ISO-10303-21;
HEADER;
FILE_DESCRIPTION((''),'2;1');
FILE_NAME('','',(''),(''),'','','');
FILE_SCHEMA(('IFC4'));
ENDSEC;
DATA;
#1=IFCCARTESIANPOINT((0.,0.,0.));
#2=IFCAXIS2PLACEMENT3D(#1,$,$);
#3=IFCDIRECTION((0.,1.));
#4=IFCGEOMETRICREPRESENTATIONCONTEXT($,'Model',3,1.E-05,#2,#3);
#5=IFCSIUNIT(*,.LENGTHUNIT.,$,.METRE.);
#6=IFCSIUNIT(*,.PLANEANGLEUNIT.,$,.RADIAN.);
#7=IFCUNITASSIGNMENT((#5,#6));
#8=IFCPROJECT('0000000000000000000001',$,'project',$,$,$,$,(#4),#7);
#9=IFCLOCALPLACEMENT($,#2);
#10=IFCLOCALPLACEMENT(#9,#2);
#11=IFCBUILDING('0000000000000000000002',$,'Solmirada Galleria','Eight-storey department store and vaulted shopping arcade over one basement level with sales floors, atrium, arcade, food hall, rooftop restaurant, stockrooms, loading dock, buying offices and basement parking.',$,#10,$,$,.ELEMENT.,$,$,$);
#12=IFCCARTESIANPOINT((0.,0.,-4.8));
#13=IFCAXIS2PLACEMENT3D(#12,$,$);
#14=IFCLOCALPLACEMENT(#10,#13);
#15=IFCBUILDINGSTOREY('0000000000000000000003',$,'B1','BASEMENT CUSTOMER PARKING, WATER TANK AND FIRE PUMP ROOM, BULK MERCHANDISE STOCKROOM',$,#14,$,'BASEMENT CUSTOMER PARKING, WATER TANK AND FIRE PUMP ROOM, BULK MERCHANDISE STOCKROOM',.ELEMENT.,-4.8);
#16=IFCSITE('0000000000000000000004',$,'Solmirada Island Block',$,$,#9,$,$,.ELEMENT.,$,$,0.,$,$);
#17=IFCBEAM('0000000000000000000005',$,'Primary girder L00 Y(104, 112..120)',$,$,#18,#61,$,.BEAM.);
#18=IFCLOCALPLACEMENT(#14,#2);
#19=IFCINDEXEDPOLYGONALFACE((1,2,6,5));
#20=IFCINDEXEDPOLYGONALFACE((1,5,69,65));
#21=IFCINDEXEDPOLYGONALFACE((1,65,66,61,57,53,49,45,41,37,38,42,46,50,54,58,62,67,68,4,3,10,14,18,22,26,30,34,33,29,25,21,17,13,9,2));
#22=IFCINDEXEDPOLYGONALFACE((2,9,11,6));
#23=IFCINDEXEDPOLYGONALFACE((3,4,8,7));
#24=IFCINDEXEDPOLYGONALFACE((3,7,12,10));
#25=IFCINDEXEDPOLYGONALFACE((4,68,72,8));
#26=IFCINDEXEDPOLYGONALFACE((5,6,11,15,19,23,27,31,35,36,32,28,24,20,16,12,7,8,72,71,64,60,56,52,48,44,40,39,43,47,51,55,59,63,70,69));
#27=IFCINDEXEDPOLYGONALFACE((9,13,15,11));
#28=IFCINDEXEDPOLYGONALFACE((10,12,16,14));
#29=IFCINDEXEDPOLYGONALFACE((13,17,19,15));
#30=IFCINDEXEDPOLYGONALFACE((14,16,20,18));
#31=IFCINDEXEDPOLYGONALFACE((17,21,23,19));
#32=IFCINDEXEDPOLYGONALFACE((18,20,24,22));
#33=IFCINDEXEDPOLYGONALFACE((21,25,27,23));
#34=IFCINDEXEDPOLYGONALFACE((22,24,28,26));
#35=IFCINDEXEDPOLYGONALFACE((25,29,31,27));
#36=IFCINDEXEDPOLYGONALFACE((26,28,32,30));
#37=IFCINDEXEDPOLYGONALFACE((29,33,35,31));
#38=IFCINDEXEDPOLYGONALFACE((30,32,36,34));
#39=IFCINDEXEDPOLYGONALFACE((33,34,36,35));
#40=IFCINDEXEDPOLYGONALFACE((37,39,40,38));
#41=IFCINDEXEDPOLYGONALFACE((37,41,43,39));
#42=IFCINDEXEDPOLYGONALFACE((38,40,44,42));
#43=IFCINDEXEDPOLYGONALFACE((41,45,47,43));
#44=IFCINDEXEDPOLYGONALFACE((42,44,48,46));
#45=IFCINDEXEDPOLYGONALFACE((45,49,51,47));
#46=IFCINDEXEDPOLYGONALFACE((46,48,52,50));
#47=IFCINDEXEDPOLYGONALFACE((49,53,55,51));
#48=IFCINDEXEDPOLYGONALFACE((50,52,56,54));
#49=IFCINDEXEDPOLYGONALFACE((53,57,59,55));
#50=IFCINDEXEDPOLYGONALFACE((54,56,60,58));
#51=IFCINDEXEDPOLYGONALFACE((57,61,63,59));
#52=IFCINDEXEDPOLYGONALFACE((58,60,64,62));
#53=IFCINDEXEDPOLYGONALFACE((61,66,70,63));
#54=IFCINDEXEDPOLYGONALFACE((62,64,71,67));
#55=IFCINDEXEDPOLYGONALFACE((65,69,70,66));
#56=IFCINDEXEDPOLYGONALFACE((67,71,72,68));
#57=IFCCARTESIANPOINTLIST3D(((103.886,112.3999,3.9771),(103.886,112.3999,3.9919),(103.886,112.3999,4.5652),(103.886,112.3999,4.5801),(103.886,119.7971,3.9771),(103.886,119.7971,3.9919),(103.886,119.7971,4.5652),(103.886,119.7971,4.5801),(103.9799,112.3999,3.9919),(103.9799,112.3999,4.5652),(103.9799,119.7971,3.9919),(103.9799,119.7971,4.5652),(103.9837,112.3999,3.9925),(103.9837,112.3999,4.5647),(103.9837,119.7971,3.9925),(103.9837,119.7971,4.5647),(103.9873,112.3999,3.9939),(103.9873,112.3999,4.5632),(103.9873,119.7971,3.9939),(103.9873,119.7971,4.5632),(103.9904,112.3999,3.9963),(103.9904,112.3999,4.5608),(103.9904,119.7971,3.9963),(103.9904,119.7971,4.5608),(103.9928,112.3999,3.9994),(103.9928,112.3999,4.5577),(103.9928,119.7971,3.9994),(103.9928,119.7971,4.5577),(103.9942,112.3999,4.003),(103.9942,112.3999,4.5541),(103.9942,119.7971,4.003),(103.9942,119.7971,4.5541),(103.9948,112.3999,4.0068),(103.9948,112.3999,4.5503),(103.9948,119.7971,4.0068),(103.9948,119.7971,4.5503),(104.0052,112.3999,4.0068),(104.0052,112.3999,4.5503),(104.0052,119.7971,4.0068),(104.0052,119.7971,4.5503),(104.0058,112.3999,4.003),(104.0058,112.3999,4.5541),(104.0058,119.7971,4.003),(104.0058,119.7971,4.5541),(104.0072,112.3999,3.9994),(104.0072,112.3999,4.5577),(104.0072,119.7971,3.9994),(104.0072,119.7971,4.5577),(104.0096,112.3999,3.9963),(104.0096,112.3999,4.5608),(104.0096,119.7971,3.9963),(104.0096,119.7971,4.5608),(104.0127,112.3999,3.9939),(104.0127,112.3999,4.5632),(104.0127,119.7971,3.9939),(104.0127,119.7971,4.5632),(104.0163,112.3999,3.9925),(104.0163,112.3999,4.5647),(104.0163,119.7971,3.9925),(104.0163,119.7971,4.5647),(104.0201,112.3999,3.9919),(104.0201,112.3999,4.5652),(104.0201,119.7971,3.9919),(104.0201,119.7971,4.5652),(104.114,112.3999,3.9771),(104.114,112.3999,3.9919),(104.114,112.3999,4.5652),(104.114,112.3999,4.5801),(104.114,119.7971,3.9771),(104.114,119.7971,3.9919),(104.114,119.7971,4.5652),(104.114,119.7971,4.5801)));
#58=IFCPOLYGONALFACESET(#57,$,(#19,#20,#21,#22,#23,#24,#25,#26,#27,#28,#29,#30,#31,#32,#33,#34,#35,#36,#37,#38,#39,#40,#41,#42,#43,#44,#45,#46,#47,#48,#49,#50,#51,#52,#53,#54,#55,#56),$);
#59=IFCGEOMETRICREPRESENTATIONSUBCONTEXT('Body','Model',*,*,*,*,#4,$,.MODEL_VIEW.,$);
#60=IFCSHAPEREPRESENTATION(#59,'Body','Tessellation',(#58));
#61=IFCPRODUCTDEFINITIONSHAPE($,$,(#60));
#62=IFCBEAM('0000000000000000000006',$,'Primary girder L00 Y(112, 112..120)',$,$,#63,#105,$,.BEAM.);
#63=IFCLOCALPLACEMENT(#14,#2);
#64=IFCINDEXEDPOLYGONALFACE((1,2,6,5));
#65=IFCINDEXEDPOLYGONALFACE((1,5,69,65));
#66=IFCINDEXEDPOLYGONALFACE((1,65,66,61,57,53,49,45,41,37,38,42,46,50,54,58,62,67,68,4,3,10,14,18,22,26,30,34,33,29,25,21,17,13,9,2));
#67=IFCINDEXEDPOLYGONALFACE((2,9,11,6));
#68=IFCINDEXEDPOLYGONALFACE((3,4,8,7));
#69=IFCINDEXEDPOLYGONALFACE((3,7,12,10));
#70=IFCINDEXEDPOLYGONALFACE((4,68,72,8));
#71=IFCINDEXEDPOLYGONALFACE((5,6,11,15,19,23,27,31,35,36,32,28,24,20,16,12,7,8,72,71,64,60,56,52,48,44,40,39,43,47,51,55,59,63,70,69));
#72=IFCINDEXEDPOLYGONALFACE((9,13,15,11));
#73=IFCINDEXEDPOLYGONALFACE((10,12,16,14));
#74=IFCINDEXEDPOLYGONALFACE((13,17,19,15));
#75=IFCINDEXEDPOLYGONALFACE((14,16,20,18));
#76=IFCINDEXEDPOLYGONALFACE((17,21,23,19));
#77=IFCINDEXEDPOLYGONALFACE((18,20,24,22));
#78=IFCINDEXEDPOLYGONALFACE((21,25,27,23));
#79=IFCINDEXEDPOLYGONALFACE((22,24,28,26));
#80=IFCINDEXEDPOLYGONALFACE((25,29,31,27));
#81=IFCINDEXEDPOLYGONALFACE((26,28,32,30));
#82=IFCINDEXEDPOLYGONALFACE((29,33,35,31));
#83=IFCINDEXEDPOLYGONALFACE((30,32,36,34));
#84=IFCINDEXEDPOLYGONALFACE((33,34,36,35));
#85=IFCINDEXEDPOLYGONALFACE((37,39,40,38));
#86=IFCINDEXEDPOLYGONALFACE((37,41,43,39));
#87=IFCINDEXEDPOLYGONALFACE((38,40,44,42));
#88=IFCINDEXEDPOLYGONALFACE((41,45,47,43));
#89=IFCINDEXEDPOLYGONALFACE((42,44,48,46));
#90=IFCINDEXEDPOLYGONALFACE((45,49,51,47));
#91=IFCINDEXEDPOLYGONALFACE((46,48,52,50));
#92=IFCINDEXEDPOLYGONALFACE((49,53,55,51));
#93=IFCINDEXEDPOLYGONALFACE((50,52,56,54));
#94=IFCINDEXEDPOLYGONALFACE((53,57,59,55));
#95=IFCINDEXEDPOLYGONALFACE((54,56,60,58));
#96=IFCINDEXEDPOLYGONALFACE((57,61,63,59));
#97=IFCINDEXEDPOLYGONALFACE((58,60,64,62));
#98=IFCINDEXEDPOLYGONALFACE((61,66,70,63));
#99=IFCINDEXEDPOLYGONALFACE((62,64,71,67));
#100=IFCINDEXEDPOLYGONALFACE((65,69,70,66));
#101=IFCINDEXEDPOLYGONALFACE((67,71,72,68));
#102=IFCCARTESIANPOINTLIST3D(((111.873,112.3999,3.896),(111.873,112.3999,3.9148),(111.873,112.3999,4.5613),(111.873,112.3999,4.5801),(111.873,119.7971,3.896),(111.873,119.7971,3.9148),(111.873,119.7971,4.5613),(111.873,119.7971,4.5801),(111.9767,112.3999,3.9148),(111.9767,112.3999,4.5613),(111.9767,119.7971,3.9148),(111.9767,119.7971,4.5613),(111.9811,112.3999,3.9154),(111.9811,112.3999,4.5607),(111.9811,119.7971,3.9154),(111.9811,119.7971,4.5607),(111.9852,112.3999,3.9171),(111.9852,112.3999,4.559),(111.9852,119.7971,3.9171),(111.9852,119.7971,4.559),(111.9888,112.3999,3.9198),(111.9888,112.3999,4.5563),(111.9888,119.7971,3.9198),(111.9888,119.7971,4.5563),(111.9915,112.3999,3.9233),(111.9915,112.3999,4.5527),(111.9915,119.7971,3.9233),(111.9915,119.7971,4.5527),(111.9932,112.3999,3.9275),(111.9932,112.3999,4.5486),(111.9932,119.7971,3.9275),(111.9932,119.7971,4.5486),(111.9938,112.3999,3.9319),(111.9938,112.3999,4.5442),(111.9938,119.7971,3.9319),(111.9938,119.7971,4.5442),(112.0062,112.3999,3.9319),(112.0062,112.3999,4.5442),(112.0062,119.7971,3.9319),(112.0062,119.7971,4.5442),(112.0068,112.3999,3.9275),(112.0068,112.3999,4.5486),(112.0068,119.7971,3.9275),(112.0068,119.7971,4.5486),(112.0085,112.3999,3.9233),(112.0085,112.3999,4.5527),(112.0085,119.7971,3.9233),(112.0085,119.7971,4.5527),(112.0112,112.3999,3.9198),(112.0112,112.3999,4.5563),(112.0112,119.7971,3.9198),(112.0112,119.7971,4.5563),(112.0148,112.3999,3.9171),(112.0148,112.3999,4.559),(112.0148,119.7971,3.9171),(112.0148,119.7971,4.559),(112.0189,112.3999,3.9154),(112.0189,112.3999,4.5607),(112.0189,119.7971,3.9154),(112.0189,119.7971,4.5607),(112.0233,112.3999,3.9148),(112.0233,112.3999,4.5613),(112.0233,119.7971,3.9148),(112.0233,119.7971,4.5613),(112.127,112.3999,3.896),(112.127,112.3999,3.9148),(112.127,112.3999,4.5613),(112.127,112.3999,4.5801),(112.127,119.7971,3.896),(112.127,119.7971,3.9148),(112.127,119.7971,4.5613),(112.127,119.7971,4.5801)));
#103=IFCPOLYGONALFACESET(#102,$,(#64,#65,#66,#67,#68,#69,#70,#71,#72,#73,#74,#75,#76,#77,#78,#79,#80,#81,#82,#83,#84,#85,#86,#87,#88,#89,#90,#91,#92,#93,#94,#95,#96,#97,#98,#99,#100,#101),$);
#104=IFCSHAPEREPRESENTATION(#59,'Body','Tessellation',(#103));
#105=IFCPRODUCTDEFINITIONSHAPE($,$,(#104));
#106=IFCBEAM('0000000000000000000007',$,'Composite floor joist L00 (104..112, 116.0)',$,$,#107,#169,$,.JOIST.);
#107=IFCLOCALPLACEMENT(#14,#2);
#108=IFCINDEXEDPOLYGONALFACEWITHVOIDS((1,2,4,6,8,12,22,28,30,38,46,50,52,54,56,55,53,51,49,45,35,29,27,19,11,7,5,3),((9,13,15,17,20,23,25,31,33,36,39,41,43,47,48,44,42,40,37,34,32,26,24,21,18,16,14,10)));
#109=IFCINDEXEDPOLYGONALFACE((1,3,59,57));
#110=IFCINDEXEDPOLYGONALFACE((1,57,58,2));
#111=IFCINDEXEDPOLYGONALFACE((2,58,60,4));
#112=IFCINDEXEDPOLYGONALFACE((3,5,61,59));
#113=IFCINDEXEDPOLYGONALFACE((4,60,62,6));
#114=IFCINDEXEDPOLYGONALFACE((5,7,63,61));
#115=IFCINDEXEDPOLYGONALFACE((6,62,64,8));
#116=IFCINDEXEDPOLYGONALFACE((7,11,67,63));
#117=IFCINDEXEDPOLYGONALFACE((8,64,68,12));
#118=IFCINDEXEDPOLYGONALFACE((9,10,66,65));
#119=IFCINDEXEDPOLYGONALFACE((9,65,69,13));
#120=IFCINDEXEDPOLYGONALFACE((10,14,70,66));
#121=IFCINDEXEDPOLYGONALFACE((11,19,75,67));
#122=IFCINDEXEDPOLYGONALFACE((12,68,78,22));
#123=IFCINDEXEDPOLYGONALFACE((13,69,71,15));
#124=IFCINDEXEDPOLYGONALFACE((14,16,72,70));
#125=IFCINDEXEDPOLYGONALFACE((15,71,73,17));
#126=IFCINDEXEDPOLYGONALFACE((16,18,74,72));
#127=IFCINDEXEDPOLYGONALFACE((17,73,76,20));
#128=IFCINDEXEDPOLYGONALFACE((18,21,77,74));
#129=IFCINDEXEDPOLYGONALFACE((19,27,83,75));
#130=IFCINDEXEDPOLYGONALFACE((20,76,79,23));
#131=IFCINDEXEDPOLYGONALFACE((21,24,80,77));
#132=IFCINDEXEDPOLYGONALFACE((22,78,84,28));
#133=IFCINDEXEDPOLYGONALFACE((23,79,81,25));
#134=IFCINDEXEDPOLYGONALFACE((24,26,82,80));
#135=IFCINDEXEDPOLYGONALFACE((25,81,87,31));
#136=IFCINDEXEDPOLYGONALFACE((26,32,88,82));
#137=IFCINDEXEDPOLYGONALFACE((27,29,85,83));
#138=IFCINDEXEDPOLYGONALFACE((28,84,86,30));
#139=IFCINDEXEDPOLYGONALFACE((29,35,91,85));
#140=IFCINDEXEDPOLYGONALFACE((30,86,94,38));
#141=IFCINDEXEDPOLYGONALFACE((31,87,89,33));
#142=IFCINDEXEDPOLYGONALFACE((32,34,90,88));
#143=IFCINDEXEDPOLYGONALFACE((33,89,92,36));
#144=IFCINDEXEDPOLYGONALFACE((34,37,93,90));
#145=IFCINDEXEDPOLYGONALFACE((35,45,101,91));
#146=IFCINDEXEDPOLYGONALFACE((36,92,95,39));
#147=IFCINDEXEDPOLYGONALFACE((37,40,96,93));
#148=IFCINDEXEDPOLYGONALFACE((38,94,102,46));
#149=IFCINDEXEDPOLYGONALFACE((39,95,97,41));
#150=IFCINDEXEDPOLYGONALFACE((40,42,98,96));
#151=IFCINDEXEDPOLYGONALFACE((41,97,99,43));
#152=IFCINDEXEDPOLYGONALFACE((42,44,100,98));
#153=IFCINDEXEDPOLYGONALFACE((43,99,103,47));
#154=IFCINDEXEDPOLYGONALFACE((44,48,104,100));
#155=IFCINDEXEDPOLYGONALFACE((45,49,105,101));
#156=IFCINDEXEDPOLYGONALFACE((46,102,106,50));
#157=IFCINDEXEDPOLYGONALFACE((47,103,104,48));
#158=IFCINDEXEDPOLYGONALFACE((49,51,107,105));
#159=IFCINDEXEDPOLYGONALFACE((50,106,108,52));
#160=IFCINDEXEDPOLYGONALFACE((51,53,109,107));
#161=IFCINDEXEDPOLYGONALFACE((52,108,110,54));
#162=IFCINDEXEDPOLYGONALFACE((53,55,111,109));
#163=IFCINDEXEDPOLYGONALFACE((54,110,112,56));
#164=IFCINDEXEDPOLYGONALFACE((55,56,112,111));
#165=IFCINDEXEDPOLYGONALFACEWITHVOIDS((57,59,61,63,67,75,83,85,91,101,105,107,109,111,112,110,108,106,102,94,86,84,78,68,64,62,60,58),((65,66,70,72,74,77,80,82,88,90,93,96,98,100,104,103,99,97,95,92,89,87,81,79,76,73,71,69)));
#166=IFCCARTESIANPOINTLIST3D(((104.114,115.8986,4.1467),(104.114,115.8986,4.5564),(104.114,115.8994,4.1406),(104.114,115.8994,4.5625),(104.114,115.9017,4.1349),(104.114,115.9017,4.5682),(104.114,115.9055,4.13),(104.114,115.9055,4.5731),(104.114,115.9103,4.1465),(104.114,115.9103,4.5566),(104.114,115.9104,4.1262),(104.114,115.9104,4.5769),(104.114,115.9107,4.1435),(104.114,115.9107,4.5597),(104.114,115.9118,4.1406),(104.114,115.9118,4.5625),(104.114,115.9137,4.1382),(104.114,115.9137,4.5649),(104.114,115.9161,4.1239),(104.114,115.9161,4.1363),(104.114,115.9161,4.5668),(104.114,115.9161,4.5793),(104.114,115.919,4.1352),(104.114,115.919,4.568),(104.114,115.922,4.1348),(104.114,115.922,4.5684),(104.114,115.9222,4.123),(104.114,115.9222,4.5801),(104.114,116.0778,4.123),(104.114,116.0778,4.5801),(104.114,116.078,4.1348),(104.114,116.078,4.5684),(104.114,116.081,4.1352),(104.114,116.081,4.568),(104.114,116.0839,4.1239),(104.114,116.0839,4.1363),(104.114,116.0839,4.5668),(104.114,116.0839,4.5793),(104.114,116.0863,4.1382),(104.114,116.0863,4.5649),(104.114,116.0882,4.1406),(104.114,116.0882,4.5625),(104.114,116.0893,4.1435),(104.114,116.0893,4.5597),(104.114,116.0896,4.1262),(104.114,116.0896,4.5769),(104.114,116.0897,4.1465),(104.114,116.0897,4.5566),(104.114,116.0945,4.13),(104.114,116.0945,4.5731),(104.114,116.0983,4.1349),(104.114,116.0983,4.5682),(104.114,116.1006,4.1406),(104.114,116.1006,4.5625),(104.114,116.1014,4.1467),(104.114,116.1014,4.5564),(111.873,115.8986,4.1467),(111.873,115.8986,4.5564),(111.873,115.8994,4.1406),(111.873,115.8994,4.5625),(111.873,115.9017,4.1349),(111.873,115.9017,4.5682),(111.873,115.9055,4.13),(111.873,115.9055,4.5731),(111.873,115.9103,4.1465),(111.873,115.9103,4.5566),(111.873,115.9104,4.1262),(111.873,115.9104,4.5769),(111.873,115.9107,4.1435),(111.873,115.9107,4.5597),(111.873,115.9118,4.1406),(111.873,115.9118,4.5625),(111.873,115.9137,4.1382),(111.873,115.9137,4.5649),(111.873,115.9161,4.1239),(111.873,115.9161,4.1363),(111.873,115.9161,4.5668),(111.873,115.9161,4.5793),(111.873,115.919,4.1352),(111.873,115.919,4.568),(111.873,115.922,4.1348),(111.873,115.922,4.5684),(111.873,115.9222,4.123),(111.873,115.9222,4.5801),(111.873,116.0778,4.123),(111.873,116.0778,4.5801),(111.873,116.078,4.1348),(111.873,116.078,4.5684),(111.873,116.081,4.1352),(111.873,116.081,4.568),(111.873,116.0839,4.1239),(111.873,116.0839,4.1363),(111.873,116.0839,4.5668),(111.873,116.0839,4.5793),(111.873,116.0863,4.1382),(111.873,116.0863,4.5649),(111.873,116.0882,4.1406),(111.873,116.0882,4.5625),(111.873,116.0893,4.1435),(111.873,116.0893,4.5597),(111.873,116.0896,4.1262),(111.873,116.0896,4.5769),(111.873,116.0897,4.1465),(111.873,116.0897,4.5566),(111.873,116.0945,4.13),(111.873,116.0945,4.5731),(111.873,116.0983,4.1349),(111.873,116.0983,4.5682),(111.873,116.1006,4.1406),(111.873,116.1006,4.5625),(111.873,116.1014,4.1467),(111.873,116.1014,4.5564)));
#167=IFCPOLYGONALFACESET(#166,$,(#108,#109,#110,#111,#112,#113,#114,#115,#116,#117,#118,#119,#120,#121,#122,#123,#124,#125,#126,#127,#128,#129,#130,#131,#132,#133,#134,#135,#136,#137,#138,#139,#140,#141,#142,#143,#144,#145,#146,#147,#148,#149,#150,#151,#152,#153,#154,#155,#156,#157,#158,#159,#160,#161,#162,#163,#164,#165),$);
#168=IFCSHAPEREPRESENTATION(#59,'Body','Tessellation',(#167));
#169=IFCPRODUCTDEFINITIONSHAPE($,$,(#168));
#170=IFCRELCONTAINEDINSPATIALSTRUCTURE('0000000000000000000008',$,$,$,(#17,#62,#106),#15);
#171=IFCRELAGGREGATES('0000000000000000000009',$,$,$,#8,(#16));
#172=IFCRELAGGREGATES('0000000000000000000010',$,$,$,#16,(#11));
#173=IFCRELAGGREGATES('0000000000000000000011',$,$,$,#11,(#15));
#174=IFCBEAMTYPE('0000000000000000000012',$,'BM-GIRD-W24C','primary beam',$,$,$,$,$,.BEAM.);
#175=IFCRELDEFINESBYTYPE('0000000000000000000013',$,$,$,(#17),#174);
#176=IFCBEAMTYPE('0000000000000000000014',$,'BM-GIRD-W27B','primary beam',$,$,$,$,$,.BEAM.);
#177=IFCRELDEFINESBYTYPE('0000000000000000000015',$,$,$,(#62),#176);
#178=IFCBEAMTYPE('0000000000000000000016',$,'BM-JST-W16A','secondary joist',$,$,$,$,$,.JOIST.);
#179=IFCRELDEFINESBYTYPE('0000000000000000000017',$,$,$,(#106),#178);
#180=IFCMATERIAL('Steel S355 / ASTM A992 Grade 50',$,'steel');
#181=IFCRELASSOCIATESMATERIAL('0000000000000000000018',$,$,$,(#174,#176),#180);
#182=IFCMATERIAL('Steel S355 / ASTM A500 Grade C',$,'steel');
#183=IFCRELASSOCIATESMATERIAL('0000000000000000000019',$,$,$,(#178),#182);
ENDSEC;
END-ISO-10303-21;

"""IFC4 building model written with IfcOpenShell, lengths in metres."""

from ifc_helpers import new_model, si_unit, direction, frame, origin, origin_2d, place, context, subcontext, project, spatial, hollow_rectangle, i_section, extrude, material, material_profile, profile_set, type_object, element, save


model = new_model("IFC4")

# Units and contexts
model_context = context("Model", 3, precision=1e-05, world=origin(), true_north=direction((0.0, 1.0)))
body_context = subcontext(model_context, "Body", "Model", "MODEL_VIEW")
ifc_project = project(units=[si_unit("LENGTHUNIT", "METRE"), si_unit("PLANEANGLEUNIT", "RADIAN")], contexts=[model_context])

# Site, building, storey
site_placement = place(None, origin())
site = spatial("IfcSite", under=ifc_project, at=site_placement, Name="Solmirada Island Block", CompositionType="ELEMENT", RefElevation=0.0)
building_placement = place(site_placement, origin())
building = spatial("IfcBuilding", under=site, at=building_placement, Name="Solmirada Galleria", Description="Eight-storey department store and vaulted shopping arcade over one basement level with sales floors, atrium, arcade, food hall, rooftop restaurant, stockrooms, loading dock, buying offices and basement parking.", CompositionType="ELEMENT")
storey_placement = place(building_placement, frame((0.0, 0.0, -4.8)))
storey = spatial("IfcBuildingStorey", under=building, at=storey_placement, Name="B1", Description="BASEMENT CUSTOMER PARKING, WATER TANK AND FIRE PUMP ROOM, BULK MERCHANDISE STOCKROOM", LongName="BASEMENT CUSTOMER PARKING, WATER TANK AND FIRE PUMP ROOM, BULK MERCHANDISE STOCKROOM", CompositionType="ELEMENT", Elevation=-4.8)

# Shared definitions
ifc_material_1 = material(Name="Steel S355 / ASTM A500 Grade C", Category="steel")

# Beams
ifc_material_2 = material(Name="Steel S355 / ASTM A992 Grade 50", Category="steel")
ifc_material_profile_1 = material_profile(ifc_material_2, i_section(OverallWidth=0.228, OverallDepth=0.603, WebThickness=0.0105, FlangeThickness=0.0149, FilletRadius=0.0149, at=origin_2d()), Name="W24X68")
ifc_profile_set_1 = profile_set([ifc_material_profile_1], Name="Steel S355 / ASTM A992 Grade 50")
beam_type_1 = type_object("IfcBeamType", Name="BM-GIRD-W24C", Description="primary beam", PredefinedType="BEAM", material=ifc_profile_set_1)
beam_1_placement = place(storey_placement, frame((104.0, 112.3999, 4.2786), z_axis=(0.0, 1.0, 0.0), x_axis=(-1.0, 0.0, 0.0)))
element("IfcBeam", 1, at=beam_1_placement, inside=storey, type_object=beam_type_1, Name="Primary girder L00 Y(104, 112..120)", PredefinedType="BEAM", context=body_context, shape_type="SweptSolid", body=[
    extrude(i_section(OverallWidth=0.228, OverallDepth=0.603, WebThickness=0.0105, FlangeThickness=0.0149, FilletRadius=0.0149, at=origin_2d()), origin(), (0.0, 0.0, 1.0), 7.3972),
])
ifc_material_profile_2 = material_profile(ifc_material_2, i_section(OverallWidth=0.2539, OverallDepth=0.6841, WebThickness=0.0125, FlangeThickness=0.0188, FilletRadius=0.0171, at=origin_2d()), Name="W27X94")
ifc_profile_set_2 = profile_set([ifc_material_profile_2], Name="Steel S355 / ASTM A992 Grade 50")
beam_type_2 = type_object("IfcBeamType", Name="BM-GIRD-W27B", Description="primary beam", PredefinedType="BEAM", material=ifc_profile_set_2)
beam_2_placement = place(storey_placement, frame((112.0, 112.3999, 4.238), z_axis=(0.0, 1.0, 0.0), x_axis=(-1.0, 0.0, 0.0)))
element("IfcBeam", 2, at=beam_2_placement, inside=storey, type_object=beam_type_2, Name="Primary girder L00 Y(112, 112..120)", PredefinedType="BEAM", context=body_context, shape_type="SweptSolid", body=[
    extrude(i_section(OverallWidth=0.2539, OverallDepth=0.6841, WebThickness=0.0125, FlangeThickness=0.0188, FilletRadius=0.0171, at=origin_2d()), origin(), (0.0, 0.0, 1.0), 7.3972),
])
ifc_material_profile_3 = material_profile(ifc_material_1, hollow_rectangle(XDim=0.2029, YDim=0.457, WallThickness=0.0117, InnerFilletRadius=0.0117, OuterFilletRadius=0.0237, at=origin_2d()), Name="HSS18X8X1/2")
ifc_profile_set_3 = profile_set([ifc_material_profile_3], Name="Steel S355 / ASTM A500 Grade C")
beam_type_3 = type_object("IfcBeamType", Name="BM-JST-W16A", Description="secondary joist", PredefinedType="JOIST", material=ifc_profile_set_3)
beam_3_placement = place(storey_placement, frame((104.114, 116.0, 4.3516), z_axis=(1.0, 0.0, 0.0), x_axis=(0.0, 1.0, 0.0)))
element("IfcBeam", 3, at=beam_3_placement, inside=storey, type_object=beam_type_3, Name="Composite floor joist L00 (104..112, 116.0)", PredefinedType="JOIST", context=body_context, shape_type="SweptSolid", body=[
    extrude(hollow_rectangle(XDim=0.2029, YDim=0.457, WallThickness=0.0117, InnerFilletRadius=0.0117, OuterFilletRadius=0.0237, at=origin_2d()), origin(), (0.0, 0.0, 1.0), 7.759),
])

save(model, "model.ifc")
